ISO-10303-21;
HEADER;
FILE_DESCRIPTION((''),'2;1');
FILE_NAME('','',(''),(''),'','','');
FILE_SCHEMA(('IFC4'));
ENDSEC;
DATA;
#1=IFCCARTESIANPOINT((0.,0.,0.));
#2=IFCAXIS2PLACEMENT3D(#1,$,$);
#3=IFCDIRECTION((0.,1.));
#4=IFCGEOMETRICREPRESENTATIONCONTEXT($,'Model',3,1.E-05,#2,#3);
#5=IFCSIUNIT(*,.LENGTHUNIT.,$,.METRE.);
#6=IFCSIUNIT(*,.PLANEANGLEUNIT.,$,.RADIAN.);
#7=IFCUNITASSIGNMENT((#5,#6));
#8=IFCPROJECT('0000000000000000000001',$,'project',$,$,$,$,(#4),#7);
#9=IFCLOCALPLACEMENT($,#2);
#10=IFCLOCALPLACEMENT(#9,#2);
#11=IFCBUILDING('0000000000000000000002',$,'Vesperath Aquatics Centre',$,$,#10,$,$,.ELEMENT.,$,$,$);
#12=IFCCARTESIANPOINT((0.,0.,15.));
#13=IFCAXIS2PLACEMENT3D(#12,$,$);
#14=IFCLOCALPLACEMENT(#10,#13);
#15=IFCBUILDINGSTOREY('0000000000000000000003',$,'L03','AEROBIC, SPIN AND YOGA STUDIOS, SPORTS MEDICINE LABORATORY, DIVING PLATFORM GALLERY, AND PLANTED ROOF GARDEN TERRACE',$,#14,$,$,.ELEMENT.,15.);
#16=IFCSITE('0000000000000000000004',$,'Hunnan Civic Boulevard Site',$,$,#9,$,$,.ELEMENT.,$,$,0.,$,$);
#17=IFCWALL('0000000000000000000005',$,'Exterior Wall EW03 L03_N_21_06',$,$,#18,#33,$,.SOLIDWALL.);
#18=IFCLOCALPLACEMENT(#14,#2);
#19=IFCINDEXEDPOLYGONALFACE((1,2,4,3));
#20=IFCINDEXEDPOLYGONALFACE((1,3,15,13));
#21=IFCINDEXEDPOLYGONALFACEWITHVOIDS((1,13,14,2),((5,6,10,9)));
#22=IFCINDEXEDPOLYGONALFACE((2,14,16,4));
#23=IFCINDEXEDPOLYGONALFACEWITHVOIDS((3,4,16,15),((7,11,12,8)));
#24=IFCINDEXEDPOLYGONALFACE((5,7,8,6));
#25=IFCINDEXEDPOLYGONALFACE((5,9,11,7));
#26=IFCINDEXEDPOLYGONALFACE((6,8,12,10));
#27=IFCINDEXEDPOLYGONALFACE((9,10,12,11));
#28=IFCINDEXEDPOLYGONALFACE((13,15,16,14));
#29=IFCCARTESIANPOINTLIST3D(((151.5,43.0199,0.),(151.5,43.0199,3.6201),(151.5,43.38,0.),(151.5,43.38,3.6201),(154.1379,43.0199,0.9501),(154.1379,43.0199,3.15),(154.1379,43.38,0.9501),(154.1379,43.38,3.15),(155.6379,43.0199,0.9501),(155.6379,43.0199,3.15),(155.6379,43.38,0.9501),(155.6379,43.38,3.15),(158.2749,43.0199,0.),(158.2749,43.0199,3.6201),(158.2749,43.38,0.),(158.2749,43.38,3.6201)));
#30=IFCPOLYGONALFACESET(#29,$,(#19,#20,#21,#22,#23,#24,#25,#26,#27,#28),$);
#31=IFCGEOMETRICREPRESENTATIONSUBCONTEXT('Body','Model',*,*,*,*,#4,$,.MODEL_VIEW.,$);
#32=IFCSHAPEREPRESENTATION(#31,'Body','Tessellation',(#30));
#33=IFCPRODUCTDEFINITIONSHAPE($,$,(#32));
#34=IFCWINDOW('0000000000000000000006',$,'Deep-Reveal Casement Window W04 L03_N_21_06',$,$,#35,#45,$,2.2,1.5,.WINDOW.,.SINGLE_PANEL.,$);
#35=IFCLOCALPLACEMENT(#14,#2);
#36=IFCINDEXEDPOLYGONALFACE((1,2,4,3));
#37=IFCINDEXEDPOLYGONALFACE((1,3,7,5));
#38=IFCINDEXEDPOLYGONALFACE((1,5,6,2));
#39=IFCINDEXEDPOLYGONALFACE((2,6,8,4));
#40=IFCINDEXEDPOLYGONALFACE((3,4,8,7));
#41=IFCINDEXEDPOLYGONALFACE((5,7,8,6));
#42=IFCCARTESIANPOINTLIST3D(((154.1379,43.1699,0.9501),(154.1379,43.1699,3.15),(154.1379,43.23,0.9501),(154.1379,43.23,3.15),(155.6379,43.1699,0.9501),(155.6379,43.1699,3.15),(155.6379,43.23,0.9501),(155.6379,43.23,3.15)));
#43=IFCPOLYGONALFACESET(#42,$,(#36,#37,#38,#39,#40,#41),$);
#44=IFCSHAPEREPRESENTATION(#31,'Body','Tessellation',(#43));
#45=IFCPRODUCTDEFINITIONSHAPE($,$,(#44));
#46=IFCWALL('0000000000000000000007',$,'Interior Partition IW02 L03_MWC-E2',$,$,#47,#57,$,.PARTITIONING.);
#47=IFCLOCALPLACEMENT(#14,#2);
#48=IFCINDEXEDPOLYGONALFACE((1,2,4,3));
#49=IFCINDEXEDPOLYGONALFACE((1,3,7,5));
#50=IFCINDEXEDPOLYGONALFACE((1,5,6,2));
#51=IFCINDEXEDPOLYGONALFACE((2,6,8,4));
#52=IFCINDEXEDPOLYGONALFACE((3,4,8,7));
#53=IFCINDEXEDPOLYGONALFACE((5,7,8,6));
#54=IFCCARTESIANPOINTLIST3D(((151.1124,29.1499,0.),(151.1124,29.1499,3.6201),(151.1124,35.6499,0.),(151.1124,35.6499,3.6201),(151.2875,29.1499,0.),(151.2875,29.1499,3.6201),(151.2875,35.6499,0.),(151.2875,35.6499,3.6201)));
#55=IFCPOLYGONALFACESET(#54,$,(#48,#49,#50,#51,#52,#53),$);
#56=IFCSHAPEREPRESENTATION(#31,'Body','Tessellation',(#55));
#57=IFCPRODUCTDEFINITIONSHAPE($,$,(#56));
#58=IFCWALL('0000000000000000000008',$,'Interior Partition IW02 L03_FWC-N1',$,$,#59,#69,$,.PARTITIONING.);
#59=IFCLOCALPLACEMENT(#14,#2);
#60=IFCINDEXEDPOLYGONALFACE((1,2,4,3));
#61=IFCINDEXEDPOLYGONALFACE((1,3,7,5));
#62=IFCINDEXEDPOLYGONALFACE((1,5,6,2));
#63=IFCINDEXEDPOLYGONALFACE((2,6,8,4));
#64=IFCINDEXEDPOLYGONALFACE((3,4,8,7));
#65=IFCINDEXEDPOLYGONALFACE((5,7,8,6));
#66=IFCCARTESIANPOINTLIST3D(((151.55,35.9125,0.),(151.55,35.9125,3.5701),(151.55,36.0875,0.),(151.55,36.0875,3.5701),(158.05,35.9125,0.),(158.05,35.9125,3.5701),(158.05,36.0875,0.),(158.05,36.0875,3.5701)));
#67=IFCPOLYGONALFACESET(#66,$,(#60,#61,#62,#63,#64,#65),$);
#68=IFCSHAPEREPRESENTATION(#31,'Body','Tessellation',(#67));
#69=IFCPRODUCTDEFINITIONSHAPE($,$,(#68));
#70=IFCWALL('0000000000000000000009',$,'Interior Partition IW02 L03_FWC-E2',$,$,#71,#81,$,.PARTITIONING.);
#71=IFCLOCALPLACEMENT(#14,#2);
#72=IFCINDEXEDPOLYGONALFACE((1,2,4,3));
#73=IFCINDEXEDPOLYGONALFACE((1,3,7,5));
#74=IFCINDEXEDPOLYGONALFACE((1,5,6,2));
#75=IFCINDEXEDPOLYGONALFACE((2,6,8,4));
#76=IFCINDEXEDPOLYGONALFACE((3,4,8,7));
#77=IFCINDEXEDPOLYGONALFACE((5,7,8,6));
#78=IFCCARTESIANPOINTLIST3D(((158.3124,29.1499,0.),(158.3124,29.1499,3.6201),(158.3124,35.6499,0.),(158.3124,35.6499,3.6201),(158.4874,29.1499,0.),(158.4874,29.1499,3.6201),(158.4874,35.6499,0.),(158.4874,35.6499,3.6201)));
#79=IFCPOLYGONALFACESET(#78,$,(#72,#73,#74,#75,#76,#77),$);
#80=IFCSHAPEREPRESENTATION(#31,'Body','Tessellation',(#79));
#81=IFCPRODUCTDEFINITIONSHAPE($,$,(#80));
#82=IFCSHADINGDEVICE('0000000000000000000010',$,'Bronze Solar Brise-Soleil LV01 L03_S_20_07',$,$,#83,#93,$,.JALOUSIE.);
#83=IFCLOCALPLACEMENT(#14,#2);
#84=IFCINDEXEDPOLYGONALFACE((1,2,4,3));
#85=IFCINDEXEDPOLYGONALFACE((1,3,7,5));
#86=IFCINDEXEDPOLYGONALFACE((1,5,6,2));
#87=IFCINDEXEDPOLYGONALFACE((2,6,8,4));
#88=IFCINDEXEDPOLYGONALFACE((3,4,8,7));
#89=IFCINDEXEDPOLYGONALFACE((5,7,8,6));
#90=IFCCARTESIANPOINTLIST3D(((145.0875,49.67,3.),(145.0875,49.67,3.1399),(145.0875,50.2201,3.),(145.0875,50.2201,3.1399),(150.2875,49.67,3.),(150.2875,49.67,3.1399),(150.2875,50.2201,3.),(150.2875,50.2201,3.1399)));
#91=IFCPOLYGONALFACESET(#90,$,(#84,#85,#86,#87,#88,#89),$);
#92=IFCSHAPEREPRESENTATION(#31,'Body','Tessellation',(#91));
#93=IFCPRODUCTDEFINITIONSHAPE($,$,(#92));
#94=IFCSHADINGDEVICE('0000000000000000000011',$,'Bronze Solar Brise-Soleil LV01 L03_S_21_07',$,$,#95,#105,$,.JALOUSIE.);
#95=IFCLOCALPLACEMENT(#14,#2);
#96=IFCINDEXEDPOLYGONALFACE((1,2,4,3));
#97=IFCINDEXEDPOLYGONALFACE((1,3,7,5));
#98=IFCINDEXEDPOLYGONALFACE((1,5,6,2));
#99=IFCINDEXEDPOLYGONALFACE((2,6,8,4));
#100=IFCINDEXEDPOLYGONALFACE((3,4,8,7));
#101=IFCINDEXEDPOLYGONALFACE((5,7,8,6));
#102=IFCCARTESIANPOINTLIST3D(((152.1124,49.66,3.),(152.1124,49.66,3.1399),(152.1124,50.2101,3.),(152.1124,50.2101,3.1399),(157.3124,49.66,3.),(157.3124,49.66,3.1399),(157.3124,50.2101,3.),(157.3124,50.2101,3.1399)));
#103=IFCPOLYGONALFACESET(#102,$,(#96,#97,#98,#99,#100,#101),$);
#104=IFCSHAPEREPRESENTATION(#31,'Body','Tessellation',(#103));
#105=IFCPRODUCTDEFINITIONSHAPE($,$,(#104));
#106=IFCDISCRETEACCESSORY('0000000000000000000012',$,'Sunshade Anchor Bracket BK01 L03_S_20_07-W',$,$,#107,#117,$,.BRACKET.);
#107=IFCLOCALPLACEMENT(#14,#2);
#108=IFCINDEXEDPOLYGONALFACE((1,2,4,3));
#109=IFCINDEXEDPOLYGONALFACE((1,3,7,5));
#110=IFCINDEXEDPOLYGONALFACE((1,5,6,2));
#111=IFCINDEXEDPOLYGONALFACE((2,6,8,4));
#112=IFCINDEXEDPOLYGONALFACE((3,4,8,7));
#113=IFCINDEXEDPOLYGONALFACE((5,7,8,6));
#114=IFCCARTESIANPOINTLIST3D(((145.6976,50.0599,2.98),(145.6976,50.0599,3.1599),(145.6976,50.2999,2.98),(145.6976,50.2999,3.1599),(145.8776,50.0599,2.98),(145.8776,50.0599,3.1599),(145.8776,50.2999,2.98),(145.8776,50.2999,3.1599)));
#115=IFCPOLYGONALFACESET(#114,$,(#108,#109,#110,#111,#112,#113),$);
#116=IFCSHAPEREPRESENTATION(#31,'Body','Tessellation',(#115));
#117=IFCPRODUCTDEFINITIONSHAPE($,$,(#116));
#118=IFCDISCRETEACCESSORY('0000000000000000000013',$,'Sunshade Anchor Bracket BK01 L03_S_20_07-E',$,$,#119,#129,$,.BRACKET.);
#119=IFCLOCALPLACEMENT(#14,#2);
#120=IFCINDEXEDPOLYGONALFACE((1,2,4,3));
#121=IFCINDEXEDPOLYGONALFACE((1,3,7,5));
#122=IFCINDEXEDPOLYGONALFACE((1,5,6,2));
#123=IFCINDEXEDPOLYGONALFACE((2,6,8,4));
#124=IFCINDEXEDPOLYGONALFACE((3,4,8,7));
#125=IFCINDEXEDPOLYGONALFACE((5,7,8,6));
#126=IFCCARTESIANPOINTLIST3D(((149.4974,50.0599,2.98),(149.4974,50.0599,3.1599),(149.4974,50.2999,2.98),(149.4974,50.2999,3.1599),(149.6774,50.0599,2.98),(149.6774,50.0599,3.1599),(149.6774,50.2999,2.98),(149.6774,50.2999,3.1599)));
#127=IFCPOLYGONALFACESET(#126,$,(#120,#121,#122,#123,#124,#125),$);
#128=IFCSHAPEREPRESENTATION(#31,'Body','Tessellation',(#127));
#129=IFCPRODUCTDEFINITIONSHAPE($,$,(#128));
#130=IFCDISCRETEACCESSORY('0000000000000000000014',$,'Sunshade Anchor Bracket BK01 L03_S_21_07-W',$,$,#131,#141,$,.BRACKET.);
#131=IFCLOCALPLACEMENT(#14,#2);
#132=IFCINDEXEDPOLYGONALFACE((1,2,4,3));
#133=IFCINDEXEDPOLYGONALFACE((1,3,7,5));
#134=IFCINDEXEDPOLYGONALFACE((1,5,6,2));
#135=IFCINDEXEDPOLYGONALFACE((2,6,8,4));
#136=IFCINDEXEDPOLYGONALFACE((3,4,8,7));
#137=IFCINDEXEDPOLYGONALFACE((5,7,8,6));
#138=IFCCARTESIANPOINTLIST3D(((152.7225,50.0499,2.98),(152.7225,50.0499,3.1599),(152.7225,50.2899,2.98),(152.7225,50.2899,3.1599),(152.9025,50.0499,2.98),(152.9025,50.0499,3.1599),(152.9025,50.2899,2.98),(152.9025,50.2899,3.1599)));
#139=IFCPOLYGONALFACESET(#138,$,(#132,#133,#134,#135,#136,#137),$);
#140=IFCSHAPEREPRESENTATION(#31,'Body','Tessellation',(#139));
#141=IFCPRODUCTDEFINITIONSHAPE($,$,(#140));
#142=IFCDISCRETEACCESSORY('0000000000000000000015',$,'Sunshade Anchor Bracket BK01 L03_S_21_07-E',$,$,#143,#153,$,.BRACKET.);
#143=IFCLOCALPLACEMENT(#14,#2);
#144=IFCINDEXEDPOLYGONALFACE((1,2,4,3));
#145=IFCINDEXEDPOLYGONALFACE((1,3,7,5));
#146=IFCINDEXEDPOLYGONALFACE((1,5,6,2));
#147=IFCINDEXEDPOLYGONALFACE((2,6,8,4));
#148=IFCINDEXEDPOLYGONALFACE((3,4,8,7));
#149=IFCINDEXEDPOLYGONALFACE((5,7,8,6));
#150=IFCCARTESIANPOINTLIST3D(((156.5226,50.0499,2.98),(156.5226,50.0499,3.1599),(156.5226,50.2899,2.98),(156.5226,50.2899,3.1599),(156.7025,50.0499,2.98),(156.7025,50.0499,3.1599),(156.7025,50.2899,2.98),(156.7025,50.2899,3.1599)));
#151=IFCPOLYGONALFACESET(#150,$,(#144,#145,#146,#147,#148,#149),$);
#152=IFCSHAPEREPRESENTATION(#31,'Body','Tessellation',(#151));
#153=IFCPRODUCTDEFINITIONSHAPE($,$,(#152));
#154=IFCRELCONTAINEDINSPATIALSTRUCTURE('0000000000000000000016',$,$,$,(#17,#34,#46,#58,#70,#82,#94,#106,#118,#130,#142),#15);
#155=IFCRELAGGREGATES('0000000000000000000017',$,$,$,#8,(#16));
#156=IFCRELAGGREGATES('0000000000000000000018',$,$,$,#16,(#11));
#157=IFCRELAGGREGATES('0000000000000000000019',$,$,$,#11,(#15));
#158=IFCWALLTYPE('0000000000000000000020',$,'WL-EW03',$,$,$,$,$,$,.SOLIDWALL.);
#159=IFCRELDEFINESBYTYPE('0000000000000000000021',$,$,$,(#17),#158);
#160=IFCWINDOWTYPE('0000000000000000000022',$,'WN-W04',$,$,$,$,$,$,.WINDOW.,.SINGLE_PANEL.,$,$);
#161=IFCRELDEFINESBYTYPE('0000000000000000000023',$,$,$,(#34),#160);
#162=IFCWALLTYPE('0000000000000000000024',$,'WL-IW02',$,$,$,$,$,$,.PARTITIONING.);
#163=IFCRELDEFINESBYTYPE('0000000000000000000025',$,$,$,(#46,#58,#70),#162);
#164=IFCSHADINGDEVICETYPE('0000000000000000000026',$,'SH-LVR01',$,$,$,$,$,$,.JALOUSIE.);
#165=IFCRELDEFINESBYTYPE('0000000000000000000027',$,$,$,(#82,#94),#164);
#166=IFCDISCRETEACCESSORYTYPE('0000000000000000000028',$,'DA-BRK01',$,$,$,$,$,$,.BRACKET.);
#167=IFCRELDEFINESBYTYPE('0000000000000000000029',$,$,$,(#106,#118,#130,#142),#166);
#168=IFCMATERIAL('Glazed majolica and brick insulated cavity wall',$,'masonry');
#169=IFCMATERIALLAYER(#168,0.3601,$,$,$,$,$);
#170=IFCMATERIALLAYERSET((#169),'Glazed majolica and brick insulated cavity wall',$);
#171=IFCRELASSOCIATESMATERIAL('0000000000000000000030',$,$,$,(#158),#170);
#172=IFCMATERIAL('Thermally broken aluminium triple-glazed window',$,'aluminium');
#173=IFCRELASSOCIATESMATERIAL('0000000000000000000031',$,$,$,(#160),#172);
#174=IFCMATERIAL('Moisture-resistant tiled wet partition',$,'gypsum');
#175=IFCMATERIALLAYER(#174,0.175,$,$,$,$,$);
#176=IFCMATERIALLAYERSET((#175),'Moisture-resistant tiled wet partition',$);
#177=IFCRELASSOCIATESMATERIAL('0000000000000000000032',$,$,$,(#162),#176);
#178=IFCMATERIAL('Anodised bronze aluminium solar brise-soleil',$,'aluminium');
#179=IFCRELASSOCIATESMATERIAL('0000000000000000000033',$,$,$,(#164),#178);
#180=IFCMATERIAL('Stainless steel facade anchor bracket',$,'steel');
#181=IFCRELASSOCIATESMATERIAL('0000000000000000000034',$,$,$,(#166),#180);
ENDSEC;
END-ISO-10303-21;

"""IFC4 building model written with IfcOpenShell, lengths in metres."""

from ifc_helpers import new_model, si_unit, direction, frame, frame_2d, origin, origin_2d, place, context, subcontext, project, spatial, rectangle, extrude, material, layer, layer_set, type_object, element, fill, save


model = new_model("IFC4")

# Units and contexts
model_context = context("Model", 3, precision=1e-05, world=origin(), true_north=direction((0.0, 1.0)))
body_context = subcontext(model_context, "Body", "Model", "MODEL_VIEW")
ifc_project = project(units=[si_unit("LENGTHUNIT", "METRE"), si_unit("PLANEANGLEUNIT", "RADIAN")], contexts=[model_context])

# Site, building, storey
site_placement = place(None, origin())
site = spatial("IfcSite", under=ifc_project, at=site_placement, Name="Hunnan Civic Boulevard Site", CompositionType="ELEMENT", RefElevation=0.0)
building_placement = place(site_placement, origin())
building = spatial("IfcBuilding", under=site, at=building_placement, Name="Vesperath Aquatics Centre", CompositionType="ELEMENT")
storey_placement = place(building_placement, frame((0.0, 0.0, 15.0)))
storey = spatial("IfcBuildingStorey", under=building, at=storey_placement, Name="L03", Description="AEROBIC, SPIN AND YOGA STUDIOS, SPORTS MEDICINE LABORATORY, DIVING PLATFORM GALLERY, AND PLANTED ROOF GARDEN TERRACE", CompositionType="ELEMENT", Elevation=15.0)

# Wall, opening, window
ifc_material_1 = material(Name="Thermally broken aluminium triple-glazed window", Category="aluminium")
ifc_material_2 = material(Name="Glazed majolica and brick insulated cavity wall", Category="masonry")
ifc_layer_1 = layer(ifc_material_2, 0.3601)
ifc_layer_set_1 = layer_set([ifc_layer_1], Name="Glazed majolica and brick insulated cavity wall")
wall_type_1 = type_object("IfcWallType", Name="WL-EW03", PredefinedType="SOLIDWALL", material=ifc_layer_set_1)
wall_1_placement = place(storey_placement, frame((151.5, 43.2, 0.0), z_axis=(0.0, 0.0, 1.0), x_axis=(1.0, 0.0, 0.0)))
wall_1 = element("IfcWall", 1, at=wall_1_placement, inside=storey, type_object=wall_type_1, Name="Exterior Wall EW03 L03_N_21_06", PredefinedType="SOLIDWALL", context=body_context, shape_type="SweptSolid", body=[
    extrude(rectangle(XDim=6.7749, YDim=0.3601, at=frame_2d((3.3875, 0.0))), origin(), (0.0, 0.0, 1.0), 3.6201),
])
opening_1_placement = place(wall_1_placement, frame((2.6379, 0.0, 0.95)))
opening_1 = element("IfcOpeningElement", 2, at=opening_1_placement, cuts=wall_1, PredefinedType="OPENING", context=body_context, shape_type="SweptSolid", body=[
    extrude(rectangle(XDim=1.5, YDim=2.2, at=frame_2d((0.75, 1.1001))), frame((0.0, 0.1948, 0.0), z_axis=(0.0, -1.0, 0.0), x_axis=(1.0, 0.0, 0.0)), (0.0, 0.0, 1.0), 0.3899),
])
window_type_1 = type_object("IfcWindowType", Name="WN-W04", PartitioningType="SINGLE_PANEL", PredefinedType="WINDOW", material=ifc_material_1)
window_1_placement = place(opening_1_placement, origin())
window_1 = element("IfcWindow", 3, at=window_1_placement, inside=storey, type_object=window_type_1, Name="Deep-Reveal Casement Window W04 L03_N_21_06", OverallHeight=2.2, OverallWidth=1.5, PartitioningType="SINGLE_PANEL", PredefinedType="WINDOW", context=body_context, shape_type="SweptSolid", body=[
    extrude(rectangle(XDim=1.5, YDim=2.2, at=frame_2d((0.75, 1.1001))), frame((0.0, 0.03, 0.0), z_axis=(0.0, -1.0, 0.0), x_axis=(1.0, 0.0, 0.0)), (0.0, 0.0, 1.0), 0.0601),
])
fill(opening_1, window_1)

# Walls
ifc_material_3 = material(Name="Moisture-resistant tiled wet partition", Category="gypsum")
ifc_layer_2 = layer(ifc_material_3, 0.175)
ifc_layer_set_2 = layer_set([ifc_layer_2], Name="Moisture-resistant tiled wet partition")
wall_type_2 = type_object("IfcWallType", Name="WL-IW02", PredefinedType="PARTITIONING", material=ifc_layer_set_2)
wall_2_placement = place(storey_placement, frame((151.2, 29.1499, 0.0), z_axis=(0.0, 0.0, 1.0), x_axis=(0.0, 1.0, 0.0)))
element("IfcWall", 4, at=wall_2_placement, inside=storey, type_object=wall_type_2, Name="Interior Partition IW02 L03_MWC-E2", PredefinedType="PARTITIONING", context=body_context, shape_type="SweptSolid", body=[
    extrude(rectangle(XDim=6.5, YDim=0.175, at=frame_2d((3.25, 0.0))), origin(), (0.0, 0.0, 1.0), 3.6201),
])
wall_3_placement = place(storey_placement, frame((151.55, 36.0, 0.0), z_axis=(0.0, 0.0, 1.0), x_axis=(1.0, 0.0, 0.0)))
element("IfcWall", 5, at=wall_3_placement, inside=storey, type_object=wall_type_2, Name="Interior Partition IW02 L03_FWC-N1", PredefinedType="PARTITIONING", context=body_context, shape_type="SweptSolid", body=[
    extrude(rectangle(XDim=6.5, YDim=0.175, at=frame_2d((3.25, 0.0))), origin(), (0.0, 0.0, 1.0), 3.5701),
])
wall_4_placement = place(storey_placement, frame((158.3999, 29.1499, 0.0), z_axis=(0.0, 0.0, 1.0), x_axis=(0.0, 1.0, 0.0)))
element("IfcWall", 6, at=wall_4_placement, inside=storey, type_object=wall_type_2, Name="Interior Partition IW02 L03_FWC-E2", PredefinedType="PARTITIONING", context=body_context, shape_type="SweptSolid", body=[
    extrude(rectangle(XDim=6.5, YDim=0.175, at=frame_2d((3.25, 0.0))), origin(), (0.0, 0.0, 1.0), 3.6201),
])

# Shading devices
ifc_material_4 = material(Name="Anodised bronze aluminium solar brise-soleil", Category="aluminium")
shading_device_type = type_object("IfcShadingDeviceType", Name="SH-LVR01", PredefinedType="JALOUSIE", material=ifc_material_4)
for number, where, z_axis, x_axis, name in (
    (7, (147.6875, 49.9451, 3.0), (0.0, 0.0, 1.0), (1.0, 0.0, 0.0), "Bronze Solar Brise-Soleil LV01 L03_S_20_07"),
    (8, (154.7124, 49.9351, 3.0), (0.0, 0.0, 1.0), (1.0, 0.0, 0.0), "Bronze Solar Brise-Soleil LV01 L03_S_21_07"),
):
    element("IfcShadingDevice", number, at=place(storey_placement, frame(where, z_axis=z_axis, x_axis=x_axis)), inside=storey, type_object=shading_device_type, Name=name, PredefinedType="JALOUSIE", context=body_context, shape_type="SweptSolid", body=[
        extrude(rectangle(XDim=5.2, YDim=0.55, at=origin_2d()), origin(), (0.0, 0.0, 1.0), 0.1399),
    ])

# Discrete accessories
ifc_material_5 = material(Name="Stainless steel facade anchor bracket", Category="steel")
discrete_accessory_type = type_object("IfcDiscreteAccessoryType", Name="DA-BRK01", PredefinedType="BRACKET", material=ifc_material_5)
for number, where, z_axis, x_axis, name in (
    (9, (145.7876, 50.1799, 2.98), (0.0, 0.0, 1.0), (1.0, 0.0, 0.0), "Sunshade Anchor Bracket BK01 L03_S_20_07-W"),
    (10, (149.5874, 50.1799, 2.98), (0.0, 0.0, 1.0), (1.0, 0.0, 0.0), "Sunshade Anchor Bracket BK01 L03_S_20_07-E"),
    (11, (152.8125, 50.1699, 2.98), (0.0, 0.0, 1.0), (1.0, 0.0, 0.0), "Sunshade Anchor Bracket BK01 L03_S_21_07-W"),
    (12, (156.6125, 50.1699, 2.98), (0.0, 0.0, 1.0), (1.0, 0.0, 0.0), "Sunshade Anchor Bracket BK01 L03_S_21_07-E"),
):
    element("IfcDiscreteAccessory", number, at=place(storey_placement, frame(where, z_axis=z_axis, x_axis=x_axis)), inside=storey, type_object=discrete_accessory_type, Name=name, PredefinedType="BRACKET", context=body_context, shape_type="SweptSolid", body=[
        extrude(rectangle(XDim=0.1799, YDim=0.24, at=origin_2d()), origin(), (0.0, 0.0, 1.0), 0.1799),
    ])

save(model, "model.ifc")
